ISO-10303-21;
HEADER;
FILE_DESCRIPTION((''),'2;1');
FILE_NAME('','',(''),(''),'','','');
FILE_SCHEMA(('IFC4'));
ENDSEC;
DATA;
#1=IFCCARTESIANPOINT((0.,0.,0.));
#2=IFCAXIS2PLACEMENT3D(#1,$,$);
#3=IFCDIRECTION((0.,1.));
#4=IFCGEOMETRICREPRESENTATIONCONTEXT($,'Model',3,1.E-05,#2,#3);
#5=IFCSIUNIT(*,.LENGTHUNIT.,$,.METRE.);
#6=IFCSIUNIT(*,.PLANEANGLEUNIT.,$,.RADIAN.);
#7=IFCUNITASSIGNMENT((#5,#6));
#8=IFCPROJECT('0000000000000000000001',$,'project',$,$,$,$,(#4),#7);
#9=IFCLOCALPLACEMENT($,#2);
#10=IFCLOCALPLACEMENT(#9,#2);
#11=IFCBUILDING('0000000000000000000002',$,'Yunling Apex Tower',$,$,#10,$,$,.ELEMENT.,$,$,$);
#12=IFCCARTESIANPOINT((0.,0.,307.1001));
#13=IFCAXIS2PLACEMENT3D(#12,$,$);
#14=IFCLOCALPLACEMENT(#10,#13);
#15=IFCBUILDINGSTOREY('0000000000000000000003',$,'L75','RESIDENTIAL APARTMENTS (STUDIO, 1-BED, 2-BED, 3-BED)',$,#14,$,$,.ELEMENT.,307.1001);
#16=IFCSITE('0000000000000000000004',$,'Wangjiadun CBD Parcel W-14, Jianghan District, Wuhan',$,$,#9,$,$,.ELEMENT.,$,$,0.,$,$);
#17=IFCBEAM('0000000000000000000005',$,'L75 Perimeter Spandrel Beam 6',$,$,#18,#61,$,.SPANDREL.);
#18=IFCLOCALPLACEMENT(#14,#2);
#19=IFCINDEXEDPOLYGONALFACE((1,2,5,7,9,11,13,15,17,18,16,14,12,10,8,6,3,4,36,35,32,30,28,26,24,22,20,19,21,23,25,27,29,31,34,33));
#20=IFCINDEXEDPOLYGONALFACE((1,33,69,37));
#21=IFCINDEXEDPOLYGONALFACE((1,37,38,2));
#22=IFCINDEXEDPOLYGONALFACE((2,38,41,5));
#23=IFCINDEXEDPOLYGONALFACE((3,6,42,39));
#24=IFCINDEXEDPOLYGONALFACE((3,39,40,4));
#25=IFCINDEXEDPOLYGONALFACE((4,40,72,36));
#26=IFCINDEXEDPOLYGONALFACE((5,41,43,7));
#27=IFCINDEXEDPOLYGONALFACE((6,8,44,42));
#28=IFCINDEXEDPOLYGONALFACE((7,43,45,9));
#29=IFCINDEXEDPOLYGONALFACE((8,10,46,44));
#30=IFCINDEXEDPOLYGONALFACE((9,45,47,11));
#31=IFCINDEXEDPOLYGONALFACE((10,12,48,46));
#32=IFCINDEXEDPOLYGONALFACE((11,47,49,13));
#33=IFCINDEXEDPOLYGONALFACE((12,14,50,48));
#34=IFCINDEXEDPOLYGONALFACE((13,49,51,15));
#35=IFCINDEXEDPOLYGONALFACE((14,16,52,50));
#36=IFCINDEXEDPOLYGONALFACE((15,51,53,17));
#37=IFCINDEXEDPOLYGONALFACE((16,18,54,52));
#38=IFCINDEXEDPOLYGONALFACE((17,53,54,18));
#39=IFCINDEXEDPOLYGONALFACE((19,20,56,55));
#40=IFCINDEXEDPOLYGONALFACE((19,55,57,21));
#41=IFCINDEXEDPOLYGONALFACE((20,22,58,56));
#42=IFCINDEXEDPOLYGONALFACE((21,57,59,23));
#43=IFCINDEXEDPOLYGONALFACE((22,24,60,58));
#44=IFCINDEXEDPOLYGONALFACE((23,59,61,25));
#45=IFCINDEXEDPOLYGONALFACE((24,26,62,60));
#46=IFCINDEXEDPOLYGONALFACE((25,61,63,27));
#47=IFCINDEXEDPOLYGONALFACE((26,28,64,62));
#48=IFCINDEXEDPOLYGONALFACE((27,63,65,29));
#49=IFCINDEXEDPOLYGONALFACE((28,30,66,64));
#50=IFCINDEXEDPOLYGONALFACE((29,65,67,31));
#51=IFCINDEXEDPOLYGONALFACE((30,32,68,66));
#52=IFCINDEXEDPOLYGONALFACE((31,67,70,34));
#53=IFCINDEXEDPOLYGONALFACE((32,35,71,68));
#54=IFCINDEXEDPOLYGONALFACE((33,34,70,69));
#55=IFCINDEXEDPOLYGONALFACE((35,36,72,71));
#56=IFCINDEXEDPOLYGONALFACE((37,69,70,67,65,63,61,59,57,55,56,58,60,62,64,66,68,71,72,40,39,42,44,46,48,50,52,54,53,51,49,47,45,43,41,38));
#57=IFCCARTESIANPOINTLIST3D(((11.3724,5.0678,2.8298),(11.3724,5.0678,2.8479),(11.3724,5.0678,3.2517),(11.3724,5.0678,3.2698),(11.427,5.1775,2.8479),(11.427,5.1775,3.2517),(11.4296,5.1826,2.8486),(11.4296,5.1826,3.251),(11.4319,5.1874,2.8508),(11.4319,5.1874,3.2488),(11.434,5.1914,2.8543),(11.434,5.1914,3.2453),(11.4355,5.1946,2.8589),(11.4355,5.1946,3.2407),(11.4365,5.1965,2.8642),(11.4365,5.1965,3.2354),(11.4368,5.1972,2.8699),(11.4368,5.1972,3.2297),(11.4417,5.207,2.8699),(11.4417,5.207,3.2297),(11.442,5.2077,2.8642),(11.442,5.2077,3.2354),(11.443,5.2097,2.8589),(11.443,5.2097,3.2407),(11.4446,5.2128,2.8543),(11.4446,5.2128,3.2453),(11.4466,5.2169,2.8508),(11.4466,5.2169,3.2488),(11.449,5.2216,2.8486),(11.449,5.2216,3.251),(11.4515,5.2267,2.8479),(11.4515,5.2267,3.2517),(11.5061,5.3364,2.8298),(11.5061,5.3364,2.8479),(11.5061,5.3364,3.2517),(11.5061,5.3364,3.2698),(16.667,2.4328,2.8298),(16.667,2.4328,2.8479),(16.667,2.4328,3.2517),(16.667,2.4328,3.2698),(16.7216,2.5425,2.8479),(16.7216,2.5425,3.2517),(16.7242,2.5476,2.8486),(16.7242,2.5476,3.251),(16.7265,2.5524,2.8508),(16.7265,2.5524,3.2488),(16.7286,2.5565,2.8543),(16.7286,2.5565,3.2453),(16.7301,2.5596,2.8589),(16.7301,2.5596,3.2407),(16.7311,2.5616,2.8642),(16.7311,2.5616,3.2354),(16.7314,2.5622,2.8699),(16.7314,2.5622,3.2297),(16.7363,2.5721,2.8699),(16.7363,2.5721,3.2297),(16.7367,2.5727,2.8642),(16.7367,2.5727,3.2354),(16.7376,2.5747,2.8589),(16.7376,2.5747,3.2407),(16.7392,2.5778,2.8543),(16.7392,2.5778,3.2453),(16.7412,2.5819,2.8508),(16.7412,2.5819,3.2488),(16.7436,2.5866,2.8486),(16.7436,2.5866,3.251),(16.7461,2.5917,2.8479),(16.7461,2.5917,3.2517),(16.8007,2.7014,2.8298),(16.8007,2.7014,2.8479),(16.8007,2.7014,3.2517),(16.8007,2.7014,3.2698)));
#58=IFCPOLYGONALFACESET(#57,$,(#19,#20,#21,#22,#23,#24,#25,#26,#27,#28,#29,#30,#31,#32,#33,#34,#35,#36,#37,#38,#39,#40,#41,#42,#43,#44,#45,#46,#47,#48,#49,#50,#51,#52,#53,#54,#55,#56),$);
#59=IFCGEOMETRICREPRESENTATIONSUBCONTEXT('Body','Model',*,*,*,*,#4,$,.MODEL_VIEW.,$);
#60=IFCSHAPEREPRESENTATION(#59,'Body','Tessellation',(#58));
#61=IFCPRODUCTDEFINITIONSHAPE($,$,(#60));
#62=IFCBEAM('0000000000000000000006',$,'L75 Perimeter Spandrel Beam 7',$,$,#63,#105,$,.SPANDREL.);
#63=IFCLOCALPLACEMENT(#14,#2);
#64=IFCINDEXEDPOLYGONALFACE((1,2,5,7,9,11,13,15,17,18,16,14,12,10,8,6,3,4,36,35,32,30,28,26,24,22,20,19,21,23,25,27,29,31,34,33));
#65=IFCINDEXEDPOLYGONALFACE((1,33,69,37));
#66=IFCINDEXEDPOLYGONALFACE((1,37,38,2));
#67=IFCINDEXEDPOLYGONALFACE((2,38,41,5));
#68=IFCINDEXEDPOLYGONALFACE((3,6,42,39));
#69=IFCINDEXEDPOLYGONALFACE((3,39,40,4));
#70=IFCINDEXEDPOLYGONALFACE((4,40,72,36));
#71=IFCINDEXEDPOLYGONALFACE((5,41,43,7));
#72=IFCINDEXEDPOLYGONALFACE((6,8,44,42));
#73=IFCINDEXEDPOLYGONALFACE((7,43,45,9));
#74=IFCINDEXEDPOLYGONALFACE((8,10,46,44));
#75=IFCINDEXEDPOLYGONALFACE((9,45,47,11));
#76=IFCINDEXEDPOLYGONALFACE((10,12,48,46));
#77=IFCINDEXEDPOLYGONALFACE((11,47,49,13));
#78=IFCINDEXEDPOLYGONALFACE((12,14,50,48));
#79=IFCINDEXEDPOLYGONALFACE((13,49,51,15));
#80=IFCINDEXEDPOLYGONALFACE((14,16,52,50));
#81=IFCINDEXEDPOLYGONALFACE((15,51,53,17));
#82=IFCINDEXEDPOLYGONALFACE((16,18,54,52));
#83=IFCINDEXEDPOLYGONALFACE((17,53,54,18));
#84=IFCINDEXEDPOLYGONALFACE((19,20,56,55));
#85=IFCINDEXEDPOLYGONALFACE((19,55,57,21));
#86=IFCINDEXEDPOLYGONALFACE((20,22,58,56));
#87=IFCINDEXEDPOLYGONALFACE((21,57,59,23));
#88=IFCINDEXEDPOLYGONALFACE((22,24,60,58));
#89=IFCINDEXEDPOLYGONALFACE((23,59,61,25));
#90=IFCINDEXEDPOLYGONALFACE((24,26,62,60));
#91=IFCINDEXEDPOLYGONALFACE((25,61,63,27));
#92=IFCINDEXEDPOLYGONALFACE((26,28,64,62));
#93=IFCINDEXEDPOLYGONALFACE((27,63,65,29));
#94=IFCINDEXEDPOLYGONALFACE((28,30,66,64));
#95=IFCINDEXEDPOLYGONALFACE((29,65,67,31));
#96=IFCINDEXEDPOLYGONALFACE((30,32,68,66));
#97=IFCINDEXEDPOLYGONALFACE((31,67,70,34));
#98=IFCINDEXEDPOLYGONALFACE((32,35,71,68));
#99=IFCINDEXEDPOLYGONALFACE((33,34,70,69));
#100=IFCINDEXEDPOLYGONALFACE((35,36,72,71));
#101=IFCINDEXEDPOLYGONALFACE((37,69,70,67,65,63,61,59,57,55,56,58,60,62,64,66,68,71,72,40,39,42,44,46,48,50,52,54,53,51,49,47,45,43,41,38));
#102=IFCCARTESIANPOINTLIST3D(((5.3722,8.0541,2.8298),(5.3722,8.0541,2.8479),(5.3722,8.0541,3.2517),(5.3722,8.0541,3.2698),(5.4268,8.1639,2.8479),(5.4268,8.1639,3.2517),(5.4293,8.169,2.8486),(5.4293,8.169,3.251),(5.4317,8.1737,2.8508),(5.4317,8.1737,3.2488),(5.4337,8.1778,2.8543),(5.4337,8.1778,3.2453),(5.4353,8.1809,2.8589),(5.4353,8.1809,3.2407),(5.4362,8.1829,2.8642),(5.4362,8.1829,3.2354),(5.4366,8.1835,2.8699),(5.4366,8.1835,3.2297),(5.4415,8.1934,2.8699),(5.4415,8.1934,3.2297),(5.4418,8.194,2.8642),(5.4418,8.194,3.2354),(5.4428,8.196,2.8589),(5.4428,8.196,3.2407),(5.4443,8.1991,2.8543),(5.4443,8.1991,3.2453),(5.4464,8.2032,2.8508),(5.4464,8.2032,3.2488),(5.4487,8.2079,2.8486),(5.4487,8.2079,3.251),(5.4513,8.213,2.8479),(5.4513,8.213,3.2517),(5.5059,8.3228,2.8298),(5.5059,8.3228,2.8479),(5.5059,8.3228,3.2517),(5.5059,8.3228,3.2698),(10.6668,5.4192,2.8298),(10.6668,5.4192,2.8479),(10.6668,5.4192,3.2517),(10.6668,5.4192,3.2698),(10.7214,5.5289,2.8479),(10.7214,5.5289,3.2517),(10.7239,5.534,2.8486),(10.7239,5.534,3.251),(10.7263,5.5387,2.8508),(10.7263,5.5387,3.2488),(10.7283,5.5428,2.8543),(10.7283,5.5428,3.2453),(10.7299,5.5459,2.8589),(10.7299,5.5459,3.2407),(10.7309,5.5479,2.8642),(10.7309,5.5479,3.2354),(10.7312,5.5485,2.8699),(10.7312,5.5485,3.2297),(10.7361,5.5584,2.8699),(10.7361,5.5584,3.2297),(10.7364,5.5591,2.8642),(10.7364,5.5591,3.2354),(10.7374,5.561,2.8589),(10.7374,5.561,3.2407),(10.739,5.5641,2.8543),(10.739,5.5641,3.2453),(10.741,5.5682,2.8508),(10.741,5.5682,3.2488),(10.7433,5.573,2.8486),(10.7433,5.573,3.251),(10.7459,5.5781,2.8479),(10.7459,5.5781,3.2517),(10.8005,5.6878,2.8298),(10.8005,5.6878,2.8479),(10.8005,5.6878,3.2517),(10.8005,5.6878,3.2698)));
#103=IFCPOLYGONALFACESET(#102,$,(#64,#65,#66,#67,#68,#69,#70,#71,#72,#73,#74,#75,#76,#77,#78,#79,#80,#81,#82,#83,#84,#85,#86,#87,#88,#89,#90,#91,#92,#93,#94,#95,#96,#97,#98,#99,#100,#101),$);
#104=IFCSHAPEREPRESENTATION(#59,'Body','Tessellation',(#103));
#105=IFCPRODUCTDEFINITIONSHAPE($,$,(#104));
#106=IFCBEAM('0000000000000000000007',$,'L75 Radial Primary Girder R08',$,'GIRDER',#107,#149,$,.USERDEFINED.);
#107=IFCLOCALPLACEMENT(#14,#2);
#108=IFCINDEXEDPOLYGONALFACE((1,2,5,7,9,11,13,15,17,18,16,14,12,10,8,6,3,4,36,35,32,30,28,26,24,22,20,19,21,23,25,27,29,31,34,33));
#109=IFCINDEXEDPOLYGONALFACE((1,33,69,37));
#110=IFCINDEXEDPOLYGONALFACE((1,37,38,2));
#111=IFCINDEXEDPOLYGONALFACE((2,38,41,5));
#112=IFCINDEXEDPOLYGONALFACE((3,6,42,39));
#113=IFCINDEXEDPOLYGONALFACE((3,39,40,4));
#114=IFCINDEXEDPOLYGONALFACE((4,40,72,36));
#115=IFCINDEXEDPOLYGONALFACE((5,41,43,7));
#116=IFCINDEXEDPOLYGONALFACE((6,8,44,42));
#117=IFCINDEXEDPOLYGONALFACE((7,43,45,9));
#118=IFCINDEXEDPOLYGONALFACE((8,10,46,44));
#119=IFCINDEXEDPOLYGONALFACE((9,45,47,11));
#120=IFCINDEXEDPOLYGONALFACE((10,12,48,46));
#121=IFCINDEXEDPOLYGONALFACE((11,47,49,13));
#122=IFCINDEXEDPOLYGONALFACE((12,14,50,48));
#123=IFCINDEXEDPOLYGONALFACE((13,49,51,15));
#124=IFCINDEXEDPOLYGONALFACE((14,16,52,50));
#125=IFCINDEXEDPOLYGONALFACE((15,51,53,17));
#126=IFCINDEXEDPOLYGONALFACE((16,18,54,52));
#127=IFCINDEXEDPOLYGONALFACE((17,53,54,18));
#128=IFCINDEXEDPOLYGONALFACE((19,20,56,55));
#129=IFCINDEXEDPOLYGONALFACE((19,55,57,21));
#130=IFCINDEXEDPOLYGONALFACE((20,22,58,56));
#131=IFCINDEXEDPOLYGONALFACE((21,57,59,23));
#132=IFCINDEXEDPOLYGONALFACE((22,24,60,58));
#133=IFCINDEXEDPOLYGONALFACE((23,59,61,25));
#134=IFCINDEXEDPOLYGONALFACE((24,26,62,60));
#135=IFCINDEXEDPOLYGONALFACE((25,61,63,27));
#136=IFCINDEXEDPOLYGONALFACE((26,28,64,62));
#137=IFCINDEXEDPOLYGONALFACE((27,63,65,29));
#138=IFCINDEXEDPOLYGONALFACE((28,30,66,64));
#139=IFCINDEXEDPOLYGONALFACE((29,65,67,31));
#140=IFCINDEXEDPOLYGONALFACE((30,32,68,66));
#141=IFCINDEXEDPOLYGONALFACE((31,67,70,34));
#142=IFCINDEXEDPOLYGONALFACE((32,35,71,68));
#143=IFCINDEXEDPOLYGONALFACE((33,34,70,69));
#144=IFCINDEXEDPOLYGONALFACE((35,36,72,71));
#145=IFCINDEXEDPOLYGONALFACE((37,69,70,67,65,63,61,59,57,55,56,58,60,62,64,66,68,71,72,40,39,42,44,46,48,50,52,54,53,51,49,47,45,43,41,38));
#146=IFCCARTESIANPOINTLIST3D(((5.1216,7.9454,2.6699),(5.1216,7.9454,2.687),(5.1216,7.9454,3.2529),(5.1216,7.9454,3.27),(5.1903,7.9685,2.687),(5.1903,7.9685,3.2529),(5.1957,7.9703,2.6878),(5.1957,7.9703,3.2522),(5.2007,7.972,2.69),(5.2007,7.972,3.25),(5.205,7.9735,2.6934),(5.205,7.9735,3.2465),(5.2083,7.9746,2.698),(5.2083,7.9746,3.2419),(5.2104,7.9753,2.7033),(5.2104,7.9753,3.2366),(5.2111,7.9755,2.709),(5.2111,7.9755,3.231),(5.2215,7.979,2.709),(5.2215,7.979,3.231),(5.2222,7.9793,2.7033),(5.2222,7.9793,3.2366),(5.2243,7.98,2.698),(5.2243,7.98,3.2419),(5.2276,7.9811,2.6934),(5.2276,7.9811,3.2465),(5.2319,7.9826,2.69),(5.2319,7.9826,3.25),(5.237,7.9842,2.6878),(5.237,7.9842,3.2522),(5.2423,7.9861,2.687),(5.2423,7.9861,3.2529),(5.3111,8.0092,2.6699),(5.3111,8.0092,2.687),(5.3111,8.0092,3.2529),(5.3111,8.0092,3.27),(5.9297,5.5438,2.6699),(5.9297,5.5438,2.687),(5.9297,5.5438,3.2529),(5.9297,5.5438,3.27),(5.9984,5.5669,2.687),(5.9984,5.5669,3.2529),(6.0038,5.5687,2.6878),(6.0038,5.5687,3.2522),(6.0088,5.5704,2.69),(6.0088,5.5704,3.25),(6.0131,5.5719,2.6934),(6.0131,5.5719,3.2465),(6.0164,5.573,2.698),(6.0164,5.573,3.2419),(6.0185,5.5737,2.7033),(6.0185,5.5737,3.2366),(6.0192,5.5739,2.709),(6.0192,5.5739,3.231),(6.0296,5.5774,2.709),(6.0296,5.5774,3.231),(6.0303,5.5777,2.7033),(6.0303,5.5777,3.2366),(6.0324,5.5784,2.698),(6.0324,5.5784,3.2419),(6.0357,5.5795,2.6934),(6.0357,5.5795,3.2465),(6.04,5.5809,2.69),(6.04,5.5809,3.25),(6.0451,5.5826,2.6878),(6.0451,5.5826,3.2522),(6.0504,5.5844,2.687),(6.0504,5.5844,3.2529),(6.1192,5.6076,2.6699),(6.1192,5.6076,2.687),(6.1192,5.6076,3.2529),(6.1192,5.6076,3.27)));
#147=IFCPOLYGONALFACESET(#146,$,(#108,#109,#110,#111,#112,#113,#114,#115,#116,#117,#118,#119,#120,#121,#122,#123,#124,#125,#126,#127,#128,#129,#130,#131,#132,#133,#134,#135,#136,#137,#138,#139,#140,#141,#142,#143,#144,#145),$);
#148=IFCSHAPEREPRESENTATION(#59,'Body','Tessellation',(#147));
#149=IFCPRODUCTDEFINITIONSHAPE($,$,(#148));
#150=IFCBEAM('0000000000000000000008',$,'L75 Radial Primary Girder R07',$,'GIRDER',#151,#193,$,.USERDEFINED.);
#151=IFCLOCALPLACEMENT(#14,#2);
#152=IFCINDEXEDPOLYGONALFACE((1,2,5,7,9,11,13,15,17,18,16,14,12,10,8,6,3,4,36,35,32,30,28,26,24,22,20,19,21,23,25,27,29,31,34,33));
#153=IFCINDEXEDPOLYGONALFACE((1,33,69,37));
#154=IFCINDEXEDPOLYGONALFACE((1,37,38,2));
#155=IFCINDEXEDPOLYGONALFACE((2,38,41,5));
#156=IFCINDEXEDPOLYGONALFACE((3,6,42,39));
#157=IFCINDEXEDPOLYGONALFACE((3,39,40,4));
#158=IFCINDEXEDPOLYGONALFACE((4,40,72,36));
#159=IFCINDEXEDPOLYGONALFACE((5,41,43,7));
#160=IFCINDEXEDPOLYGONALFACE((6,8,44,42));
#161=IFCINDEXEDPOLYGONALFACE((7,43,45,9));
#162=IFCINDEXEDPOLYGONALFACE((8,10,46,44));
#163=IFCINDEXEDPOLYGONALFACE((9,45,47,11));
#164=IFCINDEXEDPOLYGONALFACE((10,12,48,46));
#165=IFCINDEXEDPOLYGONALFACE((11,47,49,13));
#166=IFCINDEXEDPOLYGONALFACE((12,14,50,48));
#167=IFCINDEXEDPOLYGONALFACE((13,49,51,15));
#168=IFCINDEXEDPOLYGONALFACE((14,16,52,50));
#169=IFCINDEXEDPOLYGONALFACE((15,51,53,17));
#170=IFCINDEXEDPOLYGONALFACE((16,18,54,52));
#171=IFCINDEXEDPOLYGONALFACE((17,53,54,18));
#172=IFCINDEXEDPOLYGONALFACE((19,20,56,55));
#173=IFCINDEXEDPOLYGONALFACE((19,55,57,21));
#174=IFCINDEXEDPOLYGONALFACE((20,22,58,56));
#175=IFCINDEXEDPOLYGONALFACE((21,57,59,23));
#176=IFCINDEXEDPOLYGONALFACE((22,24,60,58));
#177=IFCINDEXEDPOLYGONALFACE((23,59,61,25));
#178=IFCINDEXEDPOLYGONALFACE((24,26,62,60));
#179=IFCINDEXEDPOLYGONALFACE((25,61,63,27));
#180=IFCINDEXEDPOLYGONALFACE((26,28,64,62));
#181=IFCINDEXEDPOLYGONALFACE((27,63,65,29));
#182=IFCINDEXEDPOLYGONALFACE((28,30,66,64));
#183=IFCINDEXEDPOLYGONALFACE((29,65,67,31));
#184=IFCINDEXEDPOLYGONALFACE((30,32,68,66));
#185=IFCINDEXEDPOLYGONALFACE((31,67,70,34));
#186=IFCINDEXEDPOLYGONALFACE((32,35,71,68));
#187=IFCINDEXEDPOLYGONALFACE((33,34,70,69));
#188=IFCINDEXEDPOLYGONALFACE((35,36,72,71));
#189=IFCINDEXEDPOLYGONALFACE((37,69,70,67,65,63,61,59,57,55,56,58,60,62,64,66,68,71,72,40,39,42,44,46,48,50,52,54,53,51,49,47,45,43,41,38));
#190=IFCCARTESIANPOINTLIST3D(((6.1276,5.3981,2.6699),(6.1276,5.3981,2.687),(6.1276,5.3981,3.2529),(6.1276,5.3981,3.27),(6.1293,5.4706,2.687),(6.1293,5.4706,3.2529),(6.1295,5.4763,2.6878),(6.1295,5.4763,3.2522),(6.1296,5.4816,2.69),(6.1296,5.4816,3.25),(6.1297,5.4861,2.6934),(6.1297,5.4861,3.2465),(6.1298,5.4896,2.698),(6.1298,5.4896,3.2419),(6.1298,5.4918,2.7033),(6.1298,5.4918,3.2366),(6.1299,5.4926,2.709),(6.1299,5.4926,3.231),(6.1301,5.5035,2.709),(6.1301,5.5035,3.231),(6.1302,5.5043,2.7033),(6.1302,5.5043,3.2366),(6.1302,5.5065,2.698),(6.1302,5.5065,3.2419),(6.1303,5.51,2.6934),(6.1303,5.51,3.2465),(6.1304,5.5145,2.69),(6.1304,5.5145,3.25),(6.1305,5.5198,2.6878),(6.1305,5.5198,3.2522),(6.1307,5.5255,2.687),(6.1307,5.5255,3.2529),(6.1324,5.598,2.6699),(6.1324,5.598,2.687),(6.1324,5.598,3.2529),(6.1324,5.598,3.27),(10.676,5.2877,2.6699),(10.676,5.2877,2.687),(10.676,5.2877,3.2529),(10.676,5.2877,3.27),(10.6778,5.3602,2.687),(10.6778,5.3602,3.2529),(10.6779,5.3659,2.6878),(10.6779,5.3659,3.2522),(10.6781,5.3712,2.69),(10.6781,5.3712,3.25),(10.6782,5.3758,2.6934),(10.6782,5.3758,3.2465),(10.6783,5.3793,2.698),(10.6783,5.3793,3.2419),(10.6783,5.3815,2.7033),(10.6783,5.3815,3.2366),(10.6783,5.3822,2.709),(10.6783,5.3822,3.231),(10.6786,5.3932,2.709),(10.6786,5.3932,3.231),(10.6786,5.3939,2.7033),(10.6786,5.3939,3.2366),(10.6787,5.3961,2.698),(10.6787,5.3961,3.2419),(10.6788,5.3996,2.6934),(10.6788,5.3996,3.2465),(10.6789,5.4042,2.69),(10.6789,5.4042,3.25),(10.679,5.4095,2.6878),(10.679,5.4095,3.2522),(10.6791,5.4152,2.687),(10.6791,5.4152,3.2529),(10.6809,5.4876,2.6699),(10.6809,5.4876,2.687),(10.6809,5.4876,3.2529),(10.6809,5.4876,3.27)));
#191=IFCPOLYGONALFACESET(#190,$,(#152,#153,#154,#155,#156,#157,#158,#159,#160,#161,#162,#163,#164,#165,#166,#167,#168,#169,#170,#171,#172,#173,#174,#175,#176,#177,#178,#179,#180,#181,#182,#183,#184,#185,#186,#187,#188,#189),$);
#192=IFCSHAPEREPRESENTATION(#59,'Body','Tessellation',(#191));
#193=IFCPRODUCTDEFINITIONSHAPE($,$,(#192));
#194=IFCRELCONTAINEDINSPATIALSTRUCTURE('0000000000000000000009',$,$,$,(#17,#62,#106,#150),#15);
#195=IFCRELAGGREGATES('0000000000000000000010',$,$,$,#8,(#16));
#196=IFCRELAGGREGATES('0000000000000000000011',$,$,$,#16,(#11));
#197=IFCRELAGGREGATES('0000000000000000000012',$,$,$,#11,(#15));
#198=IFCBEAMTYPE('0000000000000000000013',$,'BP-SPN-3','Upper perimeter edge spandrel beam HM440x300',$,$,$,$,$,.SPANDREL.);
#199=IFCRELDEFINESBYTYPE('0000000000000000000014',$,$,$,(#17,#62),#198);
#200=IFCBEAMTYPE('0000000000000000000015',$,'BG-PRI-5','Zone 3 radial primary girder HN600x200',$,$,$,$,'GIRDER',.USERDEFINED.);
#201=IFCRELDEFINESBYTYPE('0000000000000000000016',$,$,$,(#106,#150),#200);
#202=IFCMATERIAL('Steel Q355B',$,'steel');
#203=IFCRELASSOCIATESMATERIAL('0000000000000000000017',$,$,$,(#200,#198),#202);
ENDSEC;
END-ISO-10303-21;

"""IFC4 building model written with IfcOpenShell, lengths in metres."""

from ifc_helpers import new_model, si_unit, direction, frame, origin, origin_2d, place, context, subcontext, project, spatial, i_section, extrude, source, transform, mapped, material, material_profile, profile_set, type_object, element, save


model = new_model("IFC4")

# Units and contexts
model_context = context("Model", 3, precision=1e-05, world=origin(), true_north=direction((0.0, 1.0)))
body_context = subcontext(model_context, "Body", "Model", "MODEL_VIEW")
ifc_project = project(units=[si_unit("LENGTHUNIT", "METRE"), si_unit("PLANEANGLEUNIT", "RADIAN")], contexts=[model_context])

# Site, building, storey
site_placement = place(None, origin())
site = spatial("IfcSite", under=ifc_project, at=site_placement, Name="Wangjiadun CBD Parcel W-14, Jianghan District, Wuhan", CompositionType="ELEMENT", RefElevation=0.0)
building_placement = place(site_placement, origin())
building = spatial("IfcBuilding", under=site, at=building_placement, Name="Yunling Apex Tower", CompositionType="ELEMENT")
storey_placement = place(building_placement, frame((0.0, 0.0, 307.1001)))
storey = spatial("IfcBuildingStorey", under=building, at=storey_placement, Name="L75", Description="RESIDENTIAL APARTMENTS (STUDIO, 1-BED, 2-BED, 3-BED)", CompositionType="ELEMENT", Elevation=307.1001)

# Shared definitions
ifc_material_1 = material(Name="Steel Q355B", Category="steel")

# Beams
ifc_material_profile_1 = material_profile(ifc_material_1, i_section(OverallWidth=0.2, OverallDepth=0.6001, WebThickness=0.011, FlangeThickness=0.0171, FilletRadius=0.022, at=origin_2d()))
ifc_profile_set_1 = profile_set([ifc_material_profile_1], Name="Steel Q355B")
beam_type_1 = type_object("IfcBeamType", Name="BG-PRI-5", Description="Zone 3 radial primary girder HN600x200", ElementType="GIRDER", PredefinedType="USERDEFINED", material=ifc_profile_set_1)
ifc_material_profile_2 = material_profile(ifc_material_1, i_section(OverallWidth=0.3, OverallDepth=0.4399, WebThickness=0.011, FlangeThickness=0.0181, FilletRadius=0.022, at=origin_2d()))
ifc_profile_set_2 = profile_set([ifc_material_profile_2], Name="Steel Q355B")
beam_type_2 = type_object("IfcBeamType", Name="BP-SPN-3", Description="Upper perimeter edge spandrel beam HM440x300", PredefinedType="SPANDREL", material=ifc_profile_set_2)
shared_shape_1 = source(origin(), body_context, "Body", "SweptSolid", [
    extrude(i_section(OverallWidth=0.3, OverallDepth=0.4399, WebThickness=0.011, FlangeThickness=0.0181, FilletRadius=0.022, at=origin_2d()), origin(), (0.0, 0.0, 1.0), 5.9141),
])
for number, where, z_axis, x_axis, name in (
    (1, (16.7339, 2.5671, 3.0498), (-0.89526, 0.445545, 0.0), (-0.445545, -0.89526, 0.0), "L75 Perimeter Spandrel Beam 6"),
    (2, (10.7336, 5.5535, 3.0498), (-0.89526, 0.445545, 0.0), (-0.445545, -0.89526, 0.0), "L75 Perimeter Spandrel Beam 7"),
):
    element("IfcBeam", number, at=place(storey_placement, frame(where, z_axis=z_axis, x_axis=x_axis)), inside=storey, type_object=beam_type_2, Name=name, PredefinedType="SPANDREL", context=body_context, shape_type="MappedRepresentation", body=[
        mapped(shared_shape_1, transform((0.0, 0.0, 0.0), scale=1.0)),
    ])
shared_shape_2 = source(origin(), body_context, "Body", "SweptSolid", [
    extrude(i_section(OverallWidth=0.2, OverallDepth=0.6001, WebThickness=0.011, FlangeThickness=0.0171, FilletRadius=0.022, at=origin_2d()), origin(), (0.0, 0.0, 1.0), 2.5339),
])
beam_1_placement = place(storey_placement, frame((5.2163, 7.9773, 2.97), z_axis=(0.318915, -0.947783, 0.0), x_axis=(0.947783, 0.318915, 0.0)))
element("IfcBeam", 3, at=beam_1_placement, inside=storey, type_object=beam_type_1, Name="L75 Radial Primary Girder R08", ObjectType="GIRDER", PredefinedType="USERDEFINED", context=body_context, shape_type="MappedRepresentation", body=[
    mapped(shared_shape_2, transform((0.0, 0.0, 0.0), scale=1.0)),
])
shared_shape_3 = source(origin(), body_context, "Body", "SweptSolid", [
    extrude(i_section(OverallWidth=0.2, OverallDepth=0.6001, WebThickness=0.011, FlangeThickness=0.0171, FilletRadius=0.022, at=origin_2d()), origin(), (0.0, 0.0, 1.0), 4.5498),
])
beam_2_placement = place(storey_placement, frame((10.6785, 5.3877, 2.97), z_axis=(-0.999706, 0.024254, 0.0), x_axis=(-0.024254, -0.999706, 0.0)))
element("IfcBeam", 4, at=beam_2_placement, inside=storey, type_object=beam_type_1, Name="L75 Radial Primary Girder R07", ObjectType="GIRDER", PredefinedType="USERDEFINED", context=body_context, shape_type="MappedRepresentation", body=[
    mapped(shared_shape_3, transform((0.0, 0.0, 0.0), scale=1.0)),
])

save(model, "model.ifc")
